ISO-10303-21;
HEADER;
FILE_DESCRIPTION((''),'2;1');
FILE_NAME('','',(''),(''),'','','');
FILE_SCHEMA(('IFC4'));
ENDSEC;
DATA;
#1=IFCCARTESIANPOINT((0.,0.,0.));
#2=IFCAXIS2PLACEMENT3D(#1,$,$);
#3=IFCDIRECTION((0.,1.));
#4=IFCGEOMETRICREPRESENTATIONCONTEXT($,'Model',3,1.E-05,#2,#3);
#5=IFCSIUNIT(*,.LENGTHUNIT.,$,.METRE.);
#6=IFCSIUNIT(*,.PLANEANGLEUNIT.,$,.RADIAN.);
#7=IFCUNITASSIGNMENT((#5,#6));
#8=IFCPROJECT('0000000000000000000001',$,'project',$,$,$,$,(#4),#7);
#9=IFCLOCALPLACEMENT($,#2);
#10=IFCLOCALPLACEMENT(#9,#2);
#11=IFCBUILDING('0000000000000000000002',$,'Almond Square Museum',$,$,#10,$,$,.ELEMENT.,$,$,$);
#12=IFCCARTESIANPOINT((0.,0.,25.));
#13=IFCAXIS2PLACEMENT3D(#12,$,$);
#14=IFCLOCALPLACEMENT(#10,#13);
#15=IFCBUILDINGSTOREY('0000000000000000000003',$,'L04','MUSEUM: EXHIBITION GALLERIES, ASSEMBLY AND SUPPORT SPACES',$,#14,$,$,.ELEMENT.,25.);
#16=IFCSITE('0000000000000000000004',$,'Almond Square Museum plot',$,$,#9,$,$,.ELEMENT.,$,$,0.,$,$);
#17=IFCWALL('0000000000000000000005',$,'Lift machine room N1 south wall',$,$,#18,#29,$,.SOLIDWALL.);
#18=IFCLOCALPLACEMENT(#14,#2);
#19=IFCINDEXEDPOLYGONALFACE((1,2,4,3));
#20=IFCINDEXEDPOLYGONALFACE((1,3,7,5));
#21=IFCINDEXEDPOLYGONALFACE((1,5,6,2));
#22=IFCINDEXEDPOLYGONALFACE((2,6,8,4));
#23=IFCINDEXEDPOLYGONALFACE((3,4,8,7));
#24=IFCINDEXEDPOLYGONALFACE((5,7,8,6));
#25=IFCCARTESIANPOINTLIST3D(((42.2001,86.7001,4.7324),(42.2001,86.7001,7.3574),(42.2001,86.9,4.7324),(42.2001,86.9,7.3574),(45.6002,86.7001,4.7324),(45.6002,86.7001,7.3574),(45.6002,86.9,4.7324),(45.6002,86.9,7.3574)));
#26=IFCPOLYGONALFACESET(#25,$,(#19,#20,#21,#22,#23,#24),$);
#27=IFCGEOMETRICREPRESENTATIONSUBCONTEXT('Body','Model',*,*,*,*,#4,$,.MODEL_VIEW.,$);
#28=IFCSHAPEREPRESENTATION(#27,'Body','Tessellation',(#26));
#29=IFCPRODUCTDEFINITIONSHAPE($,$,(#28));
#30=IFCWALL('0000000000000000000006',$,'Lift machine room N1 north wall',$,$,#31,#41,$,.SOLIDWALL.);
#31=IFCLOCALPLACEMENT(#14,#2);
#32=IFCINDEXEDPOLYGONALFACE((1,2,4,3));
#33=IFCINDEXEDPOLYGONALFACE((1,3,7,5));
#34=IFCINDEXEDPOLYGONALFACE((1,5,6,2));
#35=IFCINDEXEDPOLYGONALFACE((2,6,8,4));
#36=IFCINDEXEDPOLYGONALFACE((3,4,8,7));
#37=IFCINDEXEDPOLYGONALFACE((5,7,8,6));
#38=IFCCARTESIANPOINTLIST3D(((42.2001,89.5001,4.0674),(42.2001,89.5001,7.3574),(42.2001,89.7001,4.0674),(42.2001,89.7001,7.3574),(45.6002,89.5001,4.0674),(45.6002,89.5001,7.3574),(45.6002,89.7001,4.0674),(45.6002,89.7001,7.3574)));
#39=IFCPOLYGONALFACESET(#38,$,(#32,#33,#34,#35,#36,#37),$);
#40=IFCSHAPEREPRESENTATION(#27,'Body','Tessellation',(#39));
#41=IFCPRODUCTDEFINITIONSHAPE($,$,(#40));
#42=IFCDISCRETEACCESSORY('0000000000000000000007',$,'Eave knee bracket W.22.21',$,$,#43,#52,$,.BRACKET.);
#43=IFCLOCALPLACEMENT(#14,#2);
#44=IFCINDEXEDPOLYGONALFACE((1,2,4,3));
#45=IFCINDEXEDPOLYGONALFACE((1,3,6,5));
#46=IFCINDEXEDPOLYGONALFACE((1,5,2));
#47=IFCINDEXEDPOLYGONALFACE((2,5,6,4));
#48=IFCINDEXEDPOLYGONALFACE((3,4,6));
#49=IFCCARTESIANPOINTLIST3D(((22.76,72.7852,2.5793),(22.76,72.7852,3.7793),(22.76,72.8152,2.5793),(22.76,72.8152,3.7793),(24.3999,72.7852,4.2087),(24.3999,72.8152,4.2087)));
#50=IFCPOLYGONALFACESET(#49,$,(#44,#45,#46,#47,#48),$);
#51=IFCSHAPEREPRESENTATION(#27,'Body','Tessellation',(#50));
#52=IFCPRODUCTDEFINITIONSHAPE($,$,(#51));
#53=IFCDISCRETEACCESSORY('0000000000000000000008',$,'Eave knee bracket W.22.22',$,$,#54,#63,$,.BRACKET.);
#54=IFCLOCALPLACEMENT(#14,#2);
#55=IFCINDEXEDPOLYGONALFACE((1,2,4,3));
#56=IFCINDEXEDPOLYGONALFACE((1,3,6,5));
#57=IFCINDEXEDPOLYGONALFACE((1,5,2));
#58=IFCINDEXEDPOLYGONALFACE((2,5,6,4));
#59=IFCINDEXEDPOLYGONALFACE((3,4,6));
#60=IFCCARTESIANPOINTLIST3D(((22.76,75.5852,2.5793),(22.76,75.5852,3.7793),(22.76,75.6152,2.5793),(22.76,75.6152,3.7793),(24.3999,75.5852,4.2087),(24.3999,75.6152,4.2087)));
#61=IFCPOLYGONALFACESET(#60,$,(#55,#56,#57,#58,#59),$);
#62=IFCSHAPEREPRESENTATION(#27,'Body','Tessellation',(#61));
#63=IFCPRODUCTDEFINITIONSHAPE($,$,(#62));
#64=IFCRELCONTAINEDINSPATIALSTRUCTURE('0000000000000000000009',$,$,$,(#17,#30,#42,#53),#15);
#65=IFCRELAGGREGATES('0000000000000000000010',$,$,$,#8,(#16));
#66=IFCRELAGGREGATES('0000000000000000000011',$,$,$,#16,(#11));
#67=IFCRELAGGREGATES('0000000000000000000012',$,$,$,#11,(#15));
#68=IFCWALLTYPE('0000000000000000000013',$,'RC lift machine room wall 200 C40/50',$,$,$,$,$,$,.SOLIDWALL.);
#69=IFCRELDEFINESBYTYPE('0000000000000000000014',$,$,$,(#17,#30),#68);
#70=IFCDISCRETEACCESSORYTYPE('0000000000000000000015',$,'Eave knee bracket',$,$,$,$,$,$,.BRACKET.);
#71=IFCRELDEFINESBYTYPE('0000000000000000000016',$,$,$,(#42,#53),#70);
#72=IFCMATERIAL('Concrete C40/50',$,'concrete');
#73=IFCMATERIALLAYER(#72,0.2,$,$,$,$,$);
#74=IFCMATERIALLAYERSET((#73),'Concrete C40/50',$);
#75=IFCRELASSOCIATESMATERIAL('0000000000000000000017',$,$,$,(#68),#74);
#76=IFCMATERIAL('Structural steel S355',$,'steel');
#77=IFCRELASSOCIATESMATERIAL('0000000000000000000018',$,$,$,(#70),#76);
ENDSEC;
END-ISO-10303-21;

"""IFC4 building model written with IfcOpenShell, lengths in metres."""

from ifc_helpers import new_model, si_unit, direction, frame, frame_2d, origin, place, context, subcontext, project, spatial, polyline, rectangle, outline, extrude, material, layer, layer_set, type_object, element, save


model = new_model("IFC4")

# Units and contexts
model_context = context("Model", 3, precision=1e-05, world=origin(), true_north=direction((0.0, 1.0)))
body_context = subcontext(model_context, "Body", "Model", "MODEL_VIEW")
ifc_project = project(units=[si_unit("LENGTHUNIT", "METRE"), si_unit("PLANEANGLEUNIT", "RADIAN")], contexts=[model_context])

# Site, building, storey
site_placement = place(None, origin())
site = spatial("IfcSite", under=ifc_project, at=site_placement, Name="Almond Square Museum plot", CompositionType="ELEMENT", RefElevation=0.0)
building_placement = place(site_placement, origin())
building = spatial("IfcBuilding", under=site, at=building_placement, Name="Almond Square Museum", CompositionType="ELEMENT")
storey_placement = place(building_placement, frame((0.0, 0.0, 25.0)))
storey = spatial("IfcBuildingStorey", under=building, at=storey_placement, Name="L04", Description="MUSEUM: EXHIBITION GALLERIES, ASSEMBLY AND SUPPORT SPACES", CompositionType="ELEMENT", Elevation=25.0)

# Walls
ifc_material_1 = material(Name="Concrete C40/50", Category="concrete")
ifc_layer = layer(ifc_material_1, 0.2)
ifc_layer_set = layer_set([ifc_layer], Name="Concrete C40/50")
wall_type = type_object("IfcWallType", Name="RC lift machine room wall 200 C40/50", PredefinedType="SOLIDWALL", material=ifc_layer_set)
wall_1_placement = place(storey_placement, frame((42.2, 86.8, 4.7324), z_axis=(0.0, 0.0, 1.0), x_axis=(1.0, 0.0, 0.0)))
element("IfcWall", 1, at=wall_1_placement, inside=storey, type_object=wall_type, Name="Lift machine room N1 south wall", PredefinedType="SOLIDWALL", context=body_context, shape_type="SweptSolid", body=[
    extrude(rectangle(XDim=3.4001, YDim=0.2, at=frame_2d((1.7002, 0.0))), origin(), (0.0, 0.0, 1.0), 2.625),
])
wall_2_placement = place(storey_placement, frame((42.2, 89.6001, 4.0674), z_axis=(0.0, 0.0, 1.0), x_axis=(1.0, 0.0, 0.0)))
element("IfcWall", 2, at=wall_2_placement, inside=storey, type_object=wall_type, Name="Lift machine room N1 north wall", PredefinedType="SOLIDWALL", context=body_context, shape_type="SweptSolid", body=[
    extrude(rectangle(XDim=3.4001, YDim=0.2, at=frame_2d((1.7002, 0.0))), origin(), (0.0, 0.0, 1.0), 3.29),
])

# Discrete accessories
ifc_material_2 = material(Name="Structural steel S355", Category="steel")
discrete_accessory_type = type_object("IfcDiscreteAccessoryType", Name="Eave knee bracket", PredefinedType="BRACKET", material=ifc_material_2)
for number, where, z_axis, x_axis, name in (
    (3, (22.76, 72.8, 3.7793), (0.0, -1.0, 0.0), (0.0, 0.0, -1.0), "Eave knee bracket W.22.21"),
    (4, (22.76, 75.6001, 3.7793), (0.0, -1.0, 0.0), (0.0, 0.0, -1.0), "Eave knee bracket W.22.22"),
):
    element("IfcDiscreteAccessory", number, at=place(storey_placement, frame(where, z_axis=z_axis, x_axis=x_axis)), inside=storey, type_object=discrete_accessory_type, Name=name, PredefinedType="BRACKET", context=body_context, shape_type="SweptSolid", body=[
        extrude(outline(polyline([(0.0, 0.0), (1.2, 0.0), (-0.4294, 1.6399), (0.0, 0.0)])), frame((0.0, 0.0, -0.0151)), (0.0, 0.0, 1.0), 0.03),
    ])

save(model, "model.ifc")
